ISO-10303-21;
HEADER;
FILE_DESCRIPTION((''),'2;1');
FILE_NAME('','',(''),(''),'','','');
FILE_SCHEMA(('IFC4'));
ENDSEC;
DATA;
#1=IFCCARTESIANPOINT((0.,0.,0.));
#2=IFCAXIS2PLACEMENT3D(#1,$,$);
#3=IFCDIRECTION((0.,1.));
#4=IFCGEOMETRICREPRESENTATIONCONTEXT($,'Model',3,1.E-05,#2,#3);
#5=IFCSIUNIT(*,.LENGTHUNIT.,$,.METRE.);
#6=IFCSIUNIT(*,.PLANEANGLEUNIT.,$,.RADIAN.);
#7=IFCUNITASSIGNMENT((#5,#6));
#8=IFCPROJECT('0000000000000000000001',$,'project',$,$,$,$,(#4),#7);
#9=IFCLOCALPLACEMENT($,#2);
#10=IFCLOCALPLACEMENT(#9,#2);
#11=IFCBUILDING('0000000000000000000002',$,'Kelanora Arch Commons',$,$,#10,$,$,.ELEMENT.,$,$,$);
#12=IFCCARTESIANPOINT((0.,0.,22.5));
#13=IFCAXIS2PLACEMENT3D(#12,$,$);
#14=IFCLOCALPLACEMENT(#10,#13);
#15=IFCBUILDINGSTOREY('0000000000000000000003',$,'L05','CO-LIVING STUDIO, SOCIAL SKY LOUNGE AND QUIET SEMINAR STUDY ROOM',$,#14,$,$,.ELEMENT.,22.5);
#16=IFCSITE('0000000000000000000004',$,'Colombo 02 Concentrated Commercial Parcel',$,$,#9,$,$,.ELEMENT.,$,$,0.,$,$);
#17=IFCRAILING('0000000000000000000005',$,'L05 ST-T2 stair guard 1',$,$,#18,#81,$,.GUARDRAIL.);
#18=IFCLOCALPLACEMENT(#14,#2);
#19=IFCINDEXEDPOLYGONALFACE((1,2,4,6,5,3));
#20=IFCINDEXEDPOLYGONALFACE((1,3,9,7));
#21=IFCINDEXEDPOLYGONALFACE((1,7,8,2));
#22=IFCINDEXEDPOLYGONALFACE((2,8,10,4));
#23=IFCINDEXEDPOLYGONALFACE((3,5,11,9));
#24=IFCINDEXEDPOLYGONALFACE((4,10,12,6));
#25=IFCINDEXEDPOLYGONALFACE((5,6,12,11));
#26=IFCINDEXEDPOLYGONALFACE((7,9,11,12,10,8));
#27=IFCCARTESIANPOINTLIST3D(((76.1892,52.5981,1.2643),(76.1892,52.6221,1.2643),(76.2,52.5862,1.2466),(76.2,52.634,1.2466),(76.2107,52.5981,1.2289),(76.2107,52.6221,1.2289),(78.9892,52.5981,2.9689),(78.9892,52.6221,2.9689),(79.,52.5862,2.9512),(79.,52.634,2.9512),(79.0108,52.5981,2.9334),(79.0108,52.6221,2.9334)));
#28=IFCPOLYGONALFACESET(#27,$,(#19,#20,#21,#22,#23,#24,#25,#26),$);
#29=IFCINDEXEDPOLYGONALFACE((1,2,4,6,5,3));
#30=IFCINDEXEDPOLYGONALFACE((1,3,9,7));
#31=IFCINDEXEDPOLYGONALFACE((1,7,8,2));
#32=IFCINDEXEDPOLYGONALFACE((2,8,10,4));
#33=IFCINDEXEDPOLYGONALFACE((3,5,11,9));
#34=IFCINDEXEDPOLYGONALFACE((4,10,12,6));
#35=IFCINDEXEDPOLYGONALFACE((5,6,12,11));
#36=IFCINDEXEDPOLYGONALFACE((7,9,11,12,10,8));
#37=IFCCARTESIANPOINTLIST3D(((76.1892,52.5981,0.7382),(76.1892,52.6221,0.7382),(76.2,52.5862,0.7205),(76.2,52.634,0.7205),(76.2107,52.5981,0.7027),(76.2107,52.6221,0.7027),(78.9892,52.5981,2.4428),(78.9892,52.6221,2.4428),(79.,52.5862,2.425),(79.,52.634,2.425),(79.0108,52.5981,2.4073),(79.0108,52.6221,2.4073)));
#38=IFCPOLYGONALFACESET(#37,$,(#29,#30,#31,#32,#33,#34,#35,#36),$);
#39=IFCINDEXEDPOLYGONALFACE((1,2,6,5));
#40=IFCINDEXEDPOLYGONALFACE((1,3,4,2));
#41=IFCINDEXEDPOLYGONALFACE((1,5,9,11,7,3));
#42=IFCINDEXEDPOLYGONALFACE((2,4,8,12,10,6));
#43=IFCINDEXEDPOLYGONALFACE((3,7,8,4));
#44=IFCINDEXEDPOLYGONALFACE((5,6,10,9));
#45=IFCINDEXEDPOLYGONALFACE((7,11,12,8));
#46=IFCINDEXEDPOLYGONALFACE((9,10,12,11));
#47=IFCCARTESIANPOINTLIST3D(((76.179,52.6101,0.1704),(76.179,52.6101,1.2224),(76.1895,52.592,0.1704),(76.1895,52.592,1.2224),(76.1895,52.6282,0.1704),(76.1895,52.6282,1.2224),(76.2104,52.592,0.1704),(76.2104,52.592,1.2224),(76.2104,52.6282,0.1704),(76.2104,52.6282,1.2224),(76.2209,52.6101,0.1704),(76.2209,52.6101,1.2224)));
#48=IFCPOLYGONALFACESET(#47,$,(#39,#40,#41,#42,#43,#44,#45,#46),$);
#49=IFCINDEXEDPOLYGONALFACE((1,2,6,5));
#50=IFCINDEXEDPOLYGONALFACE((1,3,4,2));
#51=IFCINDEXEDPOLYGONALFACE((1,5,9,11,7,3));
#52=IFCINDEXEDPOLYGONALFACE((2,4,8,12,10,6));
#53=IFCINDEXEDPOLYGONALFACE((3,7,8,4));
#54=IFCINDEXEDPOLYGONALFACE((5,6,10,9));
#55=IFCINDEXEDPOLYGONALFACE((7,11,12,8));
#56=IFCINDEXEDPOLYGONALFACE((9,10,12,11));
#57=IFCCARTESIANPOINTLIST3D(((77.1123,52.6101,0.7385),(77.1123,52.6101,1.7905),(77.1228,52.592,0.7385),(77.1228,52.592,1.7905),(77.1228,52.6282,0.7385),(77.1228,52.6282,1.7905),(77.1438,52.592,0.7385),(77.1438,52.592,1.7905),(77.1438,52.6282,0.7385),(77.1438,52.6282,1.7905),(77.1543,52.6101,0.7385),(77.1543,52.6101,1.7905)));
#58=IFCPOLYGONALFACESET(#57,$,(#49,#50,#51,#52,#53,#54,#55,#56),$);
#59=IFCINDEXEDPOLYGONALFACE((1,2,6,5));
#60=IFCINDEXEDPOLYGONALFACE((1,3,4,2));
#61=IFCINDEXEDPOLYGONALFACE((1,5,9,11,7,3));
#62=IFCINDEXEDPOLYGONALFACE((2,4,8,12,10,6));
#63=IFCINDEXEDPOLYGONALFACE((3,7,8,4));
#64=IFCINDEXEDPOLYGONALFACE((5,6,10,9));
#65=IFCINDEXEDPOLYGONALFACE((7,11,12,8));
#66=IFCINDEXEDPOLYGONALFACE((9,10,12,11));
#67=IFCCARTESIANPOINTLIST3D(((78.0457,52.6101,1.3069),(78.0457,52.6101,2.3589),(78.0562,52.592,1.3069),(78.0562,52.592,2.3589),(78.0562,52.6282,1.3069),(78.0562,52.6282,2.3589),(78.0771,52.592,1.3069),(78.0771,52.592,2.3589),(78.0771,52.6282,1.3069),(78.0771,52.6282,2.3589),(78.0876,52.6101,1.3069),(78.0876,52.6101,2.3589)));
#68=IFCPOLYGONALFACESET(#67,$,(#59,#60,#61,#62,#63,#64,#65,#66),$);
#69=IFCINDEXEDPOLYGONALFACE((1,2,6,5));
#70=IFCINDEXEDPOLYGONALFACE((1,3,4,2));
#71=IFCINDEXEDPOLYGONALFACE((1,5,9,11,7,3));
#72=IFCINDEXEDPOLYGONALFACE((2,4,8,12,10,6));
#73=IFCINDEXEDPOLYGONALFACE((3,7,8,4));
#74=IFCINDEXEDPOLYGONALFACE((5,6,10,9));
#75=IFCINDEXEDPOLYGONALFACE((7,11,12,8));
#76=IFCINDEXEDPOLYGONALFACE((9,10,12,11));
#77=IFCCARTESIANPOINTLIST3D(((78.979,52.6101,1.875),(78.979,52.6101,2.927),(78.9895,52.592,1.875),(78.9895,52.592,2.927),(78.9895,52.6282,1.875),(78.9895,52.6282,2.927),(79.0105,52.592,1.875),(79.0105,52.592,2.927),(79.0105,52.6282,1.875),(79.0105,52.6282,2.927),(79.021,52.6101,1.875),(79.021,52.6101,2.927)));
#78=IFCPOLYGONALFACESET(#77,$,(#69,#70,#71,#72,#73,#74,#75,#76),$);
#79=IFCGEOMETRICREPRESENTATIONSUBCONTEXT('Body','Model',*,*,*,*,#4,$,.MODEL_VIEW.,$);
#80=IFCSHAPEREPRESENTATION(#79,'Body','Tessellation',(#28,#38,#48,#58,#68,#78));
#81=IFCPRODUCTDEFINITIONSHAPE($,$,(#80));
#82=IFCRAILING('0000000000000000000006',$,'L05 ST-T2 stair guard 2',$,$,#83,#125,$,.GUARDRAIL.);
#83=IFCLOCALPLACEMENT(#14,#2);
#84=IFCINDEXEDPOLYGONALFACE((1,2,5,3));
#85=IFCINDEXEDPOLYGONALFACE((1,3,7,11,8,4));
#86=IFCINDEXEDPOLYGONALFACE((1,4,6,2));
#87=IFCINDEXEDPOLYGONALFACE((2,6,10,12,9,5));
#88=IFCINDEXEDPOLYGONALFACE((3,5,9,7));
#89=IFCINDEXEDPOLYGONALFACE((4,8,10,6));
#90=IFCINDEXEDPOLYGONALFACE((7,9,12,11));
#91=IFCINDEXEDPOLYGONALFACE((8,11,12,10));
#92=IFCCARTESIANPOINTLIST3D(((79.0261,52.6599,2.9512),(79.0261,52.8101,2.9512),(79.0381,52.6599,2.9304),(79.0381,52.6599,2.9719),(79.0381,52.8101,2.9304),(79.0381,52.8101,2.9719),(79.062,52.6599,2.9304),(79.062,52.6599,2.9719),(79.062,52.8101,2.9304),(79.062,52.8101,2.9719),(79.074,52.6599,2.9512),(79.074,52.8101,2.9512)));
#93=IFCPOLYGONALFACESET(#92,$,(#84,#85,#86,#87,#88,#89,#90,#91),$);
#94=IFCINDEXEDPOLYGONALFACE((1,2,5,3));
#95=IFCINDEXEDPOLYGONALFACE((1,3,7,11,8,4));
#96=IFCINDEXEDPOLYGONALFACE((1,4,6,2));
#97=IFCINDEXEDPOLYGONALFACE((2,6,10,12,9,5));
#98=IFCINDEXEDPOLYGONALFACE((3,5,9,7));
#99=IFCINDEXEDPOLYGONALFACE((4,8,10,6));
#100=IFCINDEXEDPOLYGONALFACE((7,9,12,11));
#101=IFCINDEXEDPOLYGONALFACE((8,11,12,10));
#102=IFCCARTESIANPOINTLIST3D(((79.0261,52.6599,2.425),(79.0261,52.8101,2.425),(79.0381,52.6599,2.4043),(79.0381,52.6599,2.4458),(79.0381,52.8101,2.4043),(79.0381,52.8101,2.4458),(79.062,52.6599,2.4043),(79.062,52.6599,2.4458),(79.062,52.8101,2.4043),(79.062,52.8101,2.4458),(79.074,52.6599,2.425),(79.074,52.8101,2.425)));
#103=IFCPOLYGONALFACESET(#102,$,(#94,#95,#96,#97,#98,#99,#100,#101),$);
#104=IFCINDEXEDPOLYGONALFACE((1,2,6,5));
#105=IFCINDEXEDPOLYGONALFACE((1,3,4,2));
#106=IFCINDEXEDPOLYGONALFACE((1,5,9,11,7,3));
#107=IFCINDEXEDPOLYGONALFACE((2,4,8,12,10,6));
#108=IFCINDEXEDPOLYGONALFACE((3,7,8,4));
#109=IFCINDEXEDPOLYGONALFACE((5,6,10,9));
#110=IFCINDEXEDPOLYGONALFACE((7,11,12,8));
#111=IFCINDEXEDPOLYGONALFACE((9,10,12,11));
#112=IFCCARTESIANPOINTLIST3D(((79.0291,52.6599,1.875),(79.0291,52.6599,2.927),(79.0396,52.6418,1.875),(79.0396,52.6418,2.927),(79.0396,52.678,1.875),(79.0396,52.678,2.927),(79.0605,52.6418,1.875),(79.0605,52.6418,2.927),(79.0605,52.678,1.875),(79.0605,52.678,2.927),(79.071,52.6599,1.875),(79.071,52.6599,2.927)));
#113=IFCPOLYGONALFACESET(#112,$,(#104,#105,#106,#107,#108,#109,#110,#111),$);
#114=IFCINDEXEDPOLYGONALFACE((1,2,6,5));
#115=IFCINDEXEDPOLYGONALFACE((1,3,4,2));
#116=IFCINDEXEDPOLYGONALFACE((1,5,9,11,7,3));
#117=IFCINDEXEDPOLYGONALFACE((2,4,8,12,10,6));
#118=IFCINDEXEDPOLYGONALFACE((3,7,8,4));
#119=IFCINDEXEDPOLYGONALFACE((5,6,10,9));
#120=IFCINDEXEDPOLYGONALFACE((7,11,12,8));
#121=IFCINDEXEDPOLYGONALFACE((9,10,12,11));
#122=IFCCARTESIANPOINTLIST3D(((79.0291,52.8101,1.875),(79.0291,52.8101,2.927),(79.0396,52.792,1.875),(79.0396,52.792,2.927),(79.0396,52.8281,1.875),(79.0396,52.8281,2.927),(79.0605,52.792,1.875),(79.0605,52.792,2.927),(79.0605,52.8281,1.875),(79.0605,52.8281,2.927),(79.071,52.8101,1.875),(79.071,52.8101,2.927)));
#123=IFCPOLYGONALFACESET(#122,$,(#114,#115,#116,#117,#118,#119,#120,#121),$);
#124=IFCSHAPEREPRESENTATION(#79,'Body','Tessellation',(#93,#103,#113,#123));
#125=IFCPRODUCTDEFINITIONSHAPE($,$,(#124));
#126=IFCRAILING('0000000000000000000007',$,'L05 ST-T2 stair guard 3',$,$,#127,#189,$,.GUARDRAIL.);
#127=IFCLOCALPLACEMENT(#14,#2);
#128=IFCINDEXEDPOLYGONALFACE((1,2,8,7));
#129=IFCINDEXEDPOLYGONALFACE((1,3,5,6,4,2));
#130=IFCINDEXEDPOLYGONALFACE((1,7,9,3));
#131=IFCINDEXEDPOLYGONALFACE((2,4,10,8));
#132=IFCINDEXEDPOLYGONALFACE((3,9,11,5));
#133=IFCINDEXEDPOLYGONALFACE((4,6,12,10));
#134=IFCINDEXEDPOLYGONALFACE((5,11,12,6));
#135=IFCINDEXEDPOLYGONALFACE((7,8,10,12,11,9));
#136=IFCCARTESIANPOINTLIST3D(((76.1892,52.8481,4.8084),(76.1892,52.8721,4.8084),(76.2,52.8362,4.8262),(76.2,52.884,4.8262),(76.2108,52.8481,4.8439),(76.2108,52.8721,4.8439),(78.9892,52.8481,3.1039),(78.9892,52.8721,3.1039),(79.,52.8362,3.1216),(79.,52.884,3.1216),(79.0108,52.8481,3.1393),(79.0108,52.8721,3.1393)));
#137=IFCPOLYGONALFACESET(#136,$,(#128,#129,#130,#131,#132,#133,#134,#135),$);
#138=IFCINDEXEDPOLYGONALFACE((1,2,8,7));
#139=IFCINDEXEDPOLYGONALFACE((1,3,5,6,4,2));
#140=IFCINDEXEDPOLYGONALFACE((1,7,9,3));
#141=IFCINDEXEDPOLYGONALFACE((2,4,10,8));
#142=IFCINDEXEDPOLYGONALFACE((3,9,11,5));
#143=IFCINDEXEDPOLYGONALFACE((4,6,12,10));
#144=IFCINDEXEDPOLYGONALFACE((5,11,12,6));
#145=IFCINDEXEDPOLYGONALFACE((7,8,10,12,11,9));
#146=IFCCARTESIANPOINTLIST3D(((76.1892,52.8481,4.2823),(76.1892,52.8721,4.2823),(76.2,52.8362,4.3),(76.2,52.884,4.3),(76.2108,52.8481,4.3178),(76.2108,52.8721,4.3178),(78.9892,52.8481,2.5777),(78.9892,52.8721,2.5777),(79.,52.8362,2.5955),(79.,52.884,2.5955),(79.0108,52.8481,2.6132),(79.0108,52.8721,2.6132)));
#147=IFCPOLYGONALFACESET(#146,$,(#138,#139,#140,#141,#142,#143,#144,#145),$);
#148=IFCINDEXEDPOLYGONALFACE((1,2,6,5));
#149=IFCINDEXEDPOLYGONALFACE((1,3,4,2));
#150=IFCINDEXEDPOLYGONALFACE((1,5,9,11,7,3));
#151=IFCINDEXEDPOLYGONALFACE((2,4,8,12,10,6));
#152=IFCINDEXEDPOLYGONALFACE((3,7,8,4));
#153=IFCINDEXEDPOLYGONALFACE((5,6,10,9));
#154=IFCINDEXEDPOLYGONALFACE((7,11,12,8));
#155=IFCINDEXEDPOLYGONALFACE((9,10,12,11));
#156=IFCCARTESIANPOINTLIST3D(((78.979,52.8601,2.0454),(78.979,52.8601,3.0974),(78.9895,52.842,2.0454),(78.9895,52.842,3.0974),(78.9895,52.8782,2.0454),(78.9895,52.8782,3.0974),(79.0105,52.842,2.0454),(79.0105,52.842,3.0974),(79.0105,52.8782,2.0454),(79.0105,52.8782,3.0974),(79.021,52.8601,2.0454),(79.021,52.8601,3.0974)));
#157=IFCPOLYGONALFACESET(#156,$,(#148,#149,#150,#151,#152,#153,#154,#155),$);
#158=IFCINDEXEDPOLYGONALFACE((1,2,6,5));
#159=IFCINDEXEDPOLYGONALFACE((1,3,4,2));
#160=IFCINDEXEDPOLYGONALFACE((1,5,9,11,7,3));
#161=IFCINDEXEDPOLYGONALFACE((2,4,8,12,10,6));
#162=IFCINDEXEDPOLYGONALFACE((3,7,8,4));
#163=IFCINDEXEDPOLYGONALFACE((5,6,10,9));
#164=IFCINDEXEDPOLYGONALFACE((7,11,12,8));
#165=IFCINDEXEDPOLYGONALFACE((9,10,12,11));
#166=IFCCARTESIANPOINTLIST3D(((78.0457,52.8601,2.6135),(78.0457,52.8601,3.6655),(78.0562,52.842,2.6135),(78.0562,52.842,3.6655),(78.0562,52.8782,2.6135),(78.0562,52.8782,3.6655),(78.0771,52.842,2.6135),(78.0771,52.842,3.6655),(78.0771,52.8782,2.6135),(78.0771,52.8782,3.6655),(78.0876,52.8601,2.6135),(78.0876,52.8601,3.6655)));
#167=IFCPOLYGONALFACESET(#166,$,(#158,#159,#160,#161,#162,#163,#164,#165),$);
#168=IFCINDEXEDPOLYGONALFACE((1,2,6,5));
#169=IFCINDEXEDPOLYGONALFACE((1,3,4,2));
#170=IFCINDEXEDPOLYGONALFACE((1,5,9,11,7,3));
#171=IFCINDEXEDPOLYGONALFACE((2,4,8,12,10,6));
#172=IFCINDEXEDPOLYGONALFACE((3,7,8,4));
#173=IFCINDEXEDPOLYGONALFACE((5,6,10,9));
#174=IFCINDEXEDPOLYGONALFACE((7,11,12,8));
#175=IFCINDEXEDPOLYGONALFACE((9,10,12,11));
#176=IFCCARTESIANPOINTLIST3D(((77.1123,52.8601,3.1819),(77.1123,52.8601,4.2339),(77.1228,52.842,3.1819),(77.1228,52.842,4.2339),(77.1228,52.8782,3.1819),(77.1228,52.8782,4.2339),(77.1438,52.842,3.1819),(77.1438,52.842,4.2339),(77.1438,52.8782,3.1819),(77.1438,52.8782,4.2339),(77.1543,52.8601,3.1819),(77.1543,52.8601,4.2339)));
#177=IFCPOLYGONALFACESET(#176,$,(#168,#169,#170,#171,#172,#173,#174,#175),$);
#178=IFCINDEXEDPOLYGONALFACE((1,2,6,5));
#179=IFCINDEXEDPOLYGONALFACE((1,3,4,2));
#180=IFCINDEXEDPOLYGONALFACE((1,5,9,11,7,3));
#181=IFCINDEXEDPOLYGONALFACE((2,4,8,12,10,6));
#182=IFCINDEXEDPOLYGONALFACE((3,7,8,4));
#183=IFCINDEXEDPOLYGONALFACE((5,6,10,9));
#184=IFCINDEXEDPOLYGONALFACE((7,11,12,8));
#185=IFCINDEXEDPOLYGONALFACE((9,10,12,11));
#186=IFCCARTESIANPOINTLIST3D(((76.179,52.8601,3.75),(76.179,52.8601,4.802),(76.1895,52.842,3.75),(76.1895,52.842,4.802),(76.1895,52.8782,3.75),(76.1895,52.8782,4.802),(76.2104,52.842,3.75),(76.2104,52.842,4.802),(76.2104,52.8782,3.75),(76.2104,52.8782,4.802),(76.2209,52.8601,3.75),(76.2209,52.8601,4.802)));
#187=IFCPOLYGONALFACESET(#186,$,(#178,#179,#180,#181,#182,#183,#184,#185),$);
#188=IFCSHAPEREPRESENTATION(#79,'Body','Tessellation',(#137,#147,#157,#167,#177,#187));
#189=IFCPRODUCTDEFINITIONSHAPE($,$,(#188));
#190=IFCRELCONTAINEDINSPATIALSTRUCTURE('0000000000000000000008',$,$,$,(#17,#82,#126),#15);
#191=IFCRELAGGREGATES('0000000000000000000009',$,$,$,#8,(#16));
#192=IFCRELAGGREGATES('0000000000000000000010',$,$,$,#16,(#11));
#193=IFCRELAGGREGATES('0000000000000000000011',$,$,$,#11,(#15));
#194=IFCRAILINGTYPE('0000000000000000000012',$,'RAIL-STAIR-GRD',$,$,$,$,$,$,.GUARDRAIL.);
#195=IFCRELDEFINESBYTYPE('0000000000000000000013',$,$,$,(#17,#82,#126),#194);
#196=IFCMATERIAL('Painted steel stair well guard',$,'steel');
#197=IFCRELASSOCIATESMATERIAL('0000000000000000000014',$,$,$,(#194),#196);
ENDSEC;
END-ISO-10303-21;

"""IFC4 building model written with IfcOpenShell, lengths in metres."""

from ifc_helpers import new_model, si_unit, direction, frame, origin, place, context, subcontext, project, spatial, polyline, outline, extrude, material, type_object, element, save


model = new_model("IFC4")

# Units and contexts
model_context = context("Model", 3, precision=1e-05, world=origin(), true_north=direction((0.0, 1.0)))
body_context = subcontext(model_context, "Body", "Model", "MODEL_VIEW")
ifc_project = project(units=[si_unit("LENGTHUNIT", "METRE"), si_unit("PLANEANGLEUNIT", "RADIAN")], contexts=[model_context])

# Site, building, storey
site_placement = place(None, origin())
site = spatial("IfcSite", under=ifc_project, at=site_placement, Name="Colombo 02 Concentrated Commercial Parcel", CompositionType="ELEMENT", RefElevation=0.0)
building_placement = place(site_placement, origin())
building = spatial("IfcBuilding", under=site, at=building_placement, Name="Kelanora Arch Commons", CompositionType="ELEMENT")
storey_placement = place(building_placement, frame((0.0, 0.0, 22.5)))
storey = spatial("IfcBuildingStorey", under=building, at=storey_placement, Name="L05", Description="CO-LIVING STUDIO, SOCIAL SKY LOUNGE AND QUIET SEMINAR STUDY ROOM", CompositionType="ELEMENT", Elevation=22.5)

# Railings
ifc_material_1 = material(Name="Painted steel stair well guard", Category="steel")
railing_type_1 = type_object("IfcRailingType", Name="RAIL-STAIR-GRD", PredefinedType="GUARDRAIL", material=ifc_material_1)
railing_1_placement = place(storey_placement, frame((76.2, 52.6101, 0.1704)))
element("IfcRailing", 1, at=railing_1_placement, inside=storey, type_object=railing_type_1, Name="L05 ST-T2 stair guard 1", PredefinedType="GUARDRAIL", context=body_context, shape_type="SweptSolid", body=[
    extrude(outline(polyline([(0.0239, 0.0), (0.012, 0.0208), (-0.012, 0.0208), (-0.0239, 0.0), (-0.012, -0.0208), (0.012, -0.0208), (0.0239, 0.0)])), frame((0.0, 0.0, 1.0762), z_axis=(0.85417, 0.0, 0.519994), x_axis=(0.0, 1.0, 0.0)), (0.0, 0.0, 1.0), 3.2781),
    extrude(outline(polyline([(0.0239, 0.0), (0.012, 0.0208), (-0.012, 0.0208), (-0.0239, 0.0), (-0.012, -0.0208), (0.012, -0.0208), (0.0239, 0.0)])), frame((0.0, 0.0, 0.55), z_axis=(0.85417, 0.0, 0.519994), x_axis=(0.0, 1.0, 0.0)), (0.0, 0.0, 1.0), 3.2781),
    extrude(outline(polyline([(0.021, 0.0), (0.0105, 0.0181), (-0.0105, 0.0181), (-0.021, 0.0), (-0.0105, -0.0181), (0.0105, -0.0181), (0.021, 0.0)])), origin(), (0.0, 0.0, 1.0), 1.052),
    extrude(outline(polyline([(0.021, 0.0), (0.0105, 0.0181), (-0.0105, 0.0181), (-0.021, 0.0), (-0.0105, -0.0181), (0.0105, -0.0181), (0.021, 0.0)])), frame((0.9333, 0.0, 0.5681)), (0.0, 0.0, 1.0), 1.052),
    extrude(outline(polyline([(0.021, 0.0), (0.0105, 0.0181), (-0.0105, 0.0181), (-0.021, 0.0), (-0.0105, -0.0181), (0.0105, -0.0181), (0.021, 0.0)])), frame((1.8667, 0.0, 1.1365)), (0.0, 0.0, 1.0), 1.052),
    extrude(outline(polyline([(0.021, 0.0), (0.0105, 0.0181), (-0.0105, 0.0181), (-0.021, 0.0), (-0.0105, -0.0181), (0.0105, -0.0181), (0.021, 0.0)])), frame((2.8, 0.0, 1.7046)), (0.0, 0.0, 1.0), 1.052),
])
railing_2_placement = place(storey_placement, frame((79.05, 52.6599, 1.875)))
element("IfcRailing", 2, at=railing_2_placement, inside=storey, type_object=railing_type_1, Name="L05 ST-T2 stair guard 2", PredefinedType="GUARDRAIL", context=body_context, shape_type="SweptSolid", body=[
    extrude(outline(polyline([(0.0239, 0.0), (0.012, 0.0208), (-0.012, 0.0208), (-0.0239, 0.0), (-0.012, -0.0208), (0.012, -0.0208), (0.0239, 0.0)])), frame((0.0, 0.0, 1.0762), z_axis=(0.0, 1.0, 0.0), x_axis=(-1.0, 0.0, 0.0)), (0.0, 0.0, 1.0), 0.1501),
    extrude(outline(polyline([(0.0239, 0.0), (0.012, 0.0208), (-0.012, 0.0208), (-0.0239, 0.0), (-0.012, -0.0208), (0.012, -0.0208), (0.0239, 0.0)])), frame((0.0, 0.0, 0.55), z_axis=(0.0, 1.0, 0.0), x_axis=(-1.0, 0.0, 0.0)), (0.0, 0.0, 1.0), 0.1501),
    extrude(outline(polyline([(0.021, 0.0), (0.0105, 0.0181), (-0.0105, 0.0181), (-0.021, 0.0), (-0.0105, -0.0181), (0.0105, -0.0181), (0.021, 0.0)])), origin(), (0.0, 0.0, 1.0), 1.052),
    extrude(outline(polyline([(0.021, 0.0), (0.0105, 0.0181), (-0.0105, 0.0181), (-0.021, 0.0), (-0.0105, -0.0181), (0.0105, -0.0181), (0.021, 0.0)])), frame((0.0, 0.1501, 0.0)), (0.0, 0.0, 1.0), 1.052),
])
railing_3_placement = place(storey_placement, frame((79.0, 52.8601, 2.0454)))
element("IfcRailing", 3, at=railing_3_placement, inside=storey, type_object=railing_type_1, Name="L05 ST-T2 stair guard 3", PredefinedType="GUARDRAIL", context=body_context, shape_type="SweptSolid", body=[
    extrude(outline(polyline([(0.0239, 0.0), (0.012, 0.0208), (-0.012, 0.0208), (-0.0239, 0.0), (-0.012, -0.0208), (0.012, -0.0208), (0.0239, 0.0)])), frame((0.0, 0.0, 1.0762), z_axis=(-0.85417, 0.0, 0.519994), x_axis=(0.0, -1.0, 0.0)), (0.0, 0.0, 1.0), 3.2781),
    extrude(outline(polyline([(0.0239, 0.0), (0.012, 0.0208), (-0.012, 0.0208), (-0.0239, 0.0), (-0.012, -0.0208), (0.012, -0.0208), (0.0239, 0.0)])), frame((0.0, 0.0, 0.55), z_axis=(-0.85417, 0.0, 0.519994), x_axis=(0.0, -1.0, 0.0)), (0.0, 0.0, 1.0), 3.2781),
    extrude(outline(polyline([(0.021, 0.0), (0.0105, 0.0181), (-0.0105, 0.0181), (-0.021, 0.0), (-0.0105, -0.0181), (0.0105, -0.0181), (0.021, 0.0)])), origin(), (0.0, 0.0, 1.0), 1.052),
    extrude(outline(polyline([(0.021, 0.0), (0.0105, 0.0181), (-0.0105, 0.0181), (-0.021, 0.0), (-0.0105, -0.0181), (0.0105, -0.0181), (0.021, 0.0)])), frame((-0.9333, 0.0, 0.5681)), (0.0, 0.0, 1.0), 1.052),
    extrude(outline(polyline([(0.021, 0.0), (0.0105, 0.0181), (-0.0105, 0.0181), (-0.021, 0.0), (-0.0105, -0.0181), (0.0105, -0.0181), (0.021, 0.0)])), frame((-1.8667, 0.0, 1.1365)), (0.0, 0.0, 1.0), 1.052),
    extrude(outline(polyline([(0.021, 0.0), (0.0105, 0.0181), (-0.0105, 0.0181), (-0.021, 0.0), (-0.0105, -0.0181), (0.0105, -0.0181), (0.021, 0.0)])), frame((-2.8, 0.0, 1.7046)), (0.0, 0.0, 1.0), 1.052),
])

save(model, "model.ifc")
